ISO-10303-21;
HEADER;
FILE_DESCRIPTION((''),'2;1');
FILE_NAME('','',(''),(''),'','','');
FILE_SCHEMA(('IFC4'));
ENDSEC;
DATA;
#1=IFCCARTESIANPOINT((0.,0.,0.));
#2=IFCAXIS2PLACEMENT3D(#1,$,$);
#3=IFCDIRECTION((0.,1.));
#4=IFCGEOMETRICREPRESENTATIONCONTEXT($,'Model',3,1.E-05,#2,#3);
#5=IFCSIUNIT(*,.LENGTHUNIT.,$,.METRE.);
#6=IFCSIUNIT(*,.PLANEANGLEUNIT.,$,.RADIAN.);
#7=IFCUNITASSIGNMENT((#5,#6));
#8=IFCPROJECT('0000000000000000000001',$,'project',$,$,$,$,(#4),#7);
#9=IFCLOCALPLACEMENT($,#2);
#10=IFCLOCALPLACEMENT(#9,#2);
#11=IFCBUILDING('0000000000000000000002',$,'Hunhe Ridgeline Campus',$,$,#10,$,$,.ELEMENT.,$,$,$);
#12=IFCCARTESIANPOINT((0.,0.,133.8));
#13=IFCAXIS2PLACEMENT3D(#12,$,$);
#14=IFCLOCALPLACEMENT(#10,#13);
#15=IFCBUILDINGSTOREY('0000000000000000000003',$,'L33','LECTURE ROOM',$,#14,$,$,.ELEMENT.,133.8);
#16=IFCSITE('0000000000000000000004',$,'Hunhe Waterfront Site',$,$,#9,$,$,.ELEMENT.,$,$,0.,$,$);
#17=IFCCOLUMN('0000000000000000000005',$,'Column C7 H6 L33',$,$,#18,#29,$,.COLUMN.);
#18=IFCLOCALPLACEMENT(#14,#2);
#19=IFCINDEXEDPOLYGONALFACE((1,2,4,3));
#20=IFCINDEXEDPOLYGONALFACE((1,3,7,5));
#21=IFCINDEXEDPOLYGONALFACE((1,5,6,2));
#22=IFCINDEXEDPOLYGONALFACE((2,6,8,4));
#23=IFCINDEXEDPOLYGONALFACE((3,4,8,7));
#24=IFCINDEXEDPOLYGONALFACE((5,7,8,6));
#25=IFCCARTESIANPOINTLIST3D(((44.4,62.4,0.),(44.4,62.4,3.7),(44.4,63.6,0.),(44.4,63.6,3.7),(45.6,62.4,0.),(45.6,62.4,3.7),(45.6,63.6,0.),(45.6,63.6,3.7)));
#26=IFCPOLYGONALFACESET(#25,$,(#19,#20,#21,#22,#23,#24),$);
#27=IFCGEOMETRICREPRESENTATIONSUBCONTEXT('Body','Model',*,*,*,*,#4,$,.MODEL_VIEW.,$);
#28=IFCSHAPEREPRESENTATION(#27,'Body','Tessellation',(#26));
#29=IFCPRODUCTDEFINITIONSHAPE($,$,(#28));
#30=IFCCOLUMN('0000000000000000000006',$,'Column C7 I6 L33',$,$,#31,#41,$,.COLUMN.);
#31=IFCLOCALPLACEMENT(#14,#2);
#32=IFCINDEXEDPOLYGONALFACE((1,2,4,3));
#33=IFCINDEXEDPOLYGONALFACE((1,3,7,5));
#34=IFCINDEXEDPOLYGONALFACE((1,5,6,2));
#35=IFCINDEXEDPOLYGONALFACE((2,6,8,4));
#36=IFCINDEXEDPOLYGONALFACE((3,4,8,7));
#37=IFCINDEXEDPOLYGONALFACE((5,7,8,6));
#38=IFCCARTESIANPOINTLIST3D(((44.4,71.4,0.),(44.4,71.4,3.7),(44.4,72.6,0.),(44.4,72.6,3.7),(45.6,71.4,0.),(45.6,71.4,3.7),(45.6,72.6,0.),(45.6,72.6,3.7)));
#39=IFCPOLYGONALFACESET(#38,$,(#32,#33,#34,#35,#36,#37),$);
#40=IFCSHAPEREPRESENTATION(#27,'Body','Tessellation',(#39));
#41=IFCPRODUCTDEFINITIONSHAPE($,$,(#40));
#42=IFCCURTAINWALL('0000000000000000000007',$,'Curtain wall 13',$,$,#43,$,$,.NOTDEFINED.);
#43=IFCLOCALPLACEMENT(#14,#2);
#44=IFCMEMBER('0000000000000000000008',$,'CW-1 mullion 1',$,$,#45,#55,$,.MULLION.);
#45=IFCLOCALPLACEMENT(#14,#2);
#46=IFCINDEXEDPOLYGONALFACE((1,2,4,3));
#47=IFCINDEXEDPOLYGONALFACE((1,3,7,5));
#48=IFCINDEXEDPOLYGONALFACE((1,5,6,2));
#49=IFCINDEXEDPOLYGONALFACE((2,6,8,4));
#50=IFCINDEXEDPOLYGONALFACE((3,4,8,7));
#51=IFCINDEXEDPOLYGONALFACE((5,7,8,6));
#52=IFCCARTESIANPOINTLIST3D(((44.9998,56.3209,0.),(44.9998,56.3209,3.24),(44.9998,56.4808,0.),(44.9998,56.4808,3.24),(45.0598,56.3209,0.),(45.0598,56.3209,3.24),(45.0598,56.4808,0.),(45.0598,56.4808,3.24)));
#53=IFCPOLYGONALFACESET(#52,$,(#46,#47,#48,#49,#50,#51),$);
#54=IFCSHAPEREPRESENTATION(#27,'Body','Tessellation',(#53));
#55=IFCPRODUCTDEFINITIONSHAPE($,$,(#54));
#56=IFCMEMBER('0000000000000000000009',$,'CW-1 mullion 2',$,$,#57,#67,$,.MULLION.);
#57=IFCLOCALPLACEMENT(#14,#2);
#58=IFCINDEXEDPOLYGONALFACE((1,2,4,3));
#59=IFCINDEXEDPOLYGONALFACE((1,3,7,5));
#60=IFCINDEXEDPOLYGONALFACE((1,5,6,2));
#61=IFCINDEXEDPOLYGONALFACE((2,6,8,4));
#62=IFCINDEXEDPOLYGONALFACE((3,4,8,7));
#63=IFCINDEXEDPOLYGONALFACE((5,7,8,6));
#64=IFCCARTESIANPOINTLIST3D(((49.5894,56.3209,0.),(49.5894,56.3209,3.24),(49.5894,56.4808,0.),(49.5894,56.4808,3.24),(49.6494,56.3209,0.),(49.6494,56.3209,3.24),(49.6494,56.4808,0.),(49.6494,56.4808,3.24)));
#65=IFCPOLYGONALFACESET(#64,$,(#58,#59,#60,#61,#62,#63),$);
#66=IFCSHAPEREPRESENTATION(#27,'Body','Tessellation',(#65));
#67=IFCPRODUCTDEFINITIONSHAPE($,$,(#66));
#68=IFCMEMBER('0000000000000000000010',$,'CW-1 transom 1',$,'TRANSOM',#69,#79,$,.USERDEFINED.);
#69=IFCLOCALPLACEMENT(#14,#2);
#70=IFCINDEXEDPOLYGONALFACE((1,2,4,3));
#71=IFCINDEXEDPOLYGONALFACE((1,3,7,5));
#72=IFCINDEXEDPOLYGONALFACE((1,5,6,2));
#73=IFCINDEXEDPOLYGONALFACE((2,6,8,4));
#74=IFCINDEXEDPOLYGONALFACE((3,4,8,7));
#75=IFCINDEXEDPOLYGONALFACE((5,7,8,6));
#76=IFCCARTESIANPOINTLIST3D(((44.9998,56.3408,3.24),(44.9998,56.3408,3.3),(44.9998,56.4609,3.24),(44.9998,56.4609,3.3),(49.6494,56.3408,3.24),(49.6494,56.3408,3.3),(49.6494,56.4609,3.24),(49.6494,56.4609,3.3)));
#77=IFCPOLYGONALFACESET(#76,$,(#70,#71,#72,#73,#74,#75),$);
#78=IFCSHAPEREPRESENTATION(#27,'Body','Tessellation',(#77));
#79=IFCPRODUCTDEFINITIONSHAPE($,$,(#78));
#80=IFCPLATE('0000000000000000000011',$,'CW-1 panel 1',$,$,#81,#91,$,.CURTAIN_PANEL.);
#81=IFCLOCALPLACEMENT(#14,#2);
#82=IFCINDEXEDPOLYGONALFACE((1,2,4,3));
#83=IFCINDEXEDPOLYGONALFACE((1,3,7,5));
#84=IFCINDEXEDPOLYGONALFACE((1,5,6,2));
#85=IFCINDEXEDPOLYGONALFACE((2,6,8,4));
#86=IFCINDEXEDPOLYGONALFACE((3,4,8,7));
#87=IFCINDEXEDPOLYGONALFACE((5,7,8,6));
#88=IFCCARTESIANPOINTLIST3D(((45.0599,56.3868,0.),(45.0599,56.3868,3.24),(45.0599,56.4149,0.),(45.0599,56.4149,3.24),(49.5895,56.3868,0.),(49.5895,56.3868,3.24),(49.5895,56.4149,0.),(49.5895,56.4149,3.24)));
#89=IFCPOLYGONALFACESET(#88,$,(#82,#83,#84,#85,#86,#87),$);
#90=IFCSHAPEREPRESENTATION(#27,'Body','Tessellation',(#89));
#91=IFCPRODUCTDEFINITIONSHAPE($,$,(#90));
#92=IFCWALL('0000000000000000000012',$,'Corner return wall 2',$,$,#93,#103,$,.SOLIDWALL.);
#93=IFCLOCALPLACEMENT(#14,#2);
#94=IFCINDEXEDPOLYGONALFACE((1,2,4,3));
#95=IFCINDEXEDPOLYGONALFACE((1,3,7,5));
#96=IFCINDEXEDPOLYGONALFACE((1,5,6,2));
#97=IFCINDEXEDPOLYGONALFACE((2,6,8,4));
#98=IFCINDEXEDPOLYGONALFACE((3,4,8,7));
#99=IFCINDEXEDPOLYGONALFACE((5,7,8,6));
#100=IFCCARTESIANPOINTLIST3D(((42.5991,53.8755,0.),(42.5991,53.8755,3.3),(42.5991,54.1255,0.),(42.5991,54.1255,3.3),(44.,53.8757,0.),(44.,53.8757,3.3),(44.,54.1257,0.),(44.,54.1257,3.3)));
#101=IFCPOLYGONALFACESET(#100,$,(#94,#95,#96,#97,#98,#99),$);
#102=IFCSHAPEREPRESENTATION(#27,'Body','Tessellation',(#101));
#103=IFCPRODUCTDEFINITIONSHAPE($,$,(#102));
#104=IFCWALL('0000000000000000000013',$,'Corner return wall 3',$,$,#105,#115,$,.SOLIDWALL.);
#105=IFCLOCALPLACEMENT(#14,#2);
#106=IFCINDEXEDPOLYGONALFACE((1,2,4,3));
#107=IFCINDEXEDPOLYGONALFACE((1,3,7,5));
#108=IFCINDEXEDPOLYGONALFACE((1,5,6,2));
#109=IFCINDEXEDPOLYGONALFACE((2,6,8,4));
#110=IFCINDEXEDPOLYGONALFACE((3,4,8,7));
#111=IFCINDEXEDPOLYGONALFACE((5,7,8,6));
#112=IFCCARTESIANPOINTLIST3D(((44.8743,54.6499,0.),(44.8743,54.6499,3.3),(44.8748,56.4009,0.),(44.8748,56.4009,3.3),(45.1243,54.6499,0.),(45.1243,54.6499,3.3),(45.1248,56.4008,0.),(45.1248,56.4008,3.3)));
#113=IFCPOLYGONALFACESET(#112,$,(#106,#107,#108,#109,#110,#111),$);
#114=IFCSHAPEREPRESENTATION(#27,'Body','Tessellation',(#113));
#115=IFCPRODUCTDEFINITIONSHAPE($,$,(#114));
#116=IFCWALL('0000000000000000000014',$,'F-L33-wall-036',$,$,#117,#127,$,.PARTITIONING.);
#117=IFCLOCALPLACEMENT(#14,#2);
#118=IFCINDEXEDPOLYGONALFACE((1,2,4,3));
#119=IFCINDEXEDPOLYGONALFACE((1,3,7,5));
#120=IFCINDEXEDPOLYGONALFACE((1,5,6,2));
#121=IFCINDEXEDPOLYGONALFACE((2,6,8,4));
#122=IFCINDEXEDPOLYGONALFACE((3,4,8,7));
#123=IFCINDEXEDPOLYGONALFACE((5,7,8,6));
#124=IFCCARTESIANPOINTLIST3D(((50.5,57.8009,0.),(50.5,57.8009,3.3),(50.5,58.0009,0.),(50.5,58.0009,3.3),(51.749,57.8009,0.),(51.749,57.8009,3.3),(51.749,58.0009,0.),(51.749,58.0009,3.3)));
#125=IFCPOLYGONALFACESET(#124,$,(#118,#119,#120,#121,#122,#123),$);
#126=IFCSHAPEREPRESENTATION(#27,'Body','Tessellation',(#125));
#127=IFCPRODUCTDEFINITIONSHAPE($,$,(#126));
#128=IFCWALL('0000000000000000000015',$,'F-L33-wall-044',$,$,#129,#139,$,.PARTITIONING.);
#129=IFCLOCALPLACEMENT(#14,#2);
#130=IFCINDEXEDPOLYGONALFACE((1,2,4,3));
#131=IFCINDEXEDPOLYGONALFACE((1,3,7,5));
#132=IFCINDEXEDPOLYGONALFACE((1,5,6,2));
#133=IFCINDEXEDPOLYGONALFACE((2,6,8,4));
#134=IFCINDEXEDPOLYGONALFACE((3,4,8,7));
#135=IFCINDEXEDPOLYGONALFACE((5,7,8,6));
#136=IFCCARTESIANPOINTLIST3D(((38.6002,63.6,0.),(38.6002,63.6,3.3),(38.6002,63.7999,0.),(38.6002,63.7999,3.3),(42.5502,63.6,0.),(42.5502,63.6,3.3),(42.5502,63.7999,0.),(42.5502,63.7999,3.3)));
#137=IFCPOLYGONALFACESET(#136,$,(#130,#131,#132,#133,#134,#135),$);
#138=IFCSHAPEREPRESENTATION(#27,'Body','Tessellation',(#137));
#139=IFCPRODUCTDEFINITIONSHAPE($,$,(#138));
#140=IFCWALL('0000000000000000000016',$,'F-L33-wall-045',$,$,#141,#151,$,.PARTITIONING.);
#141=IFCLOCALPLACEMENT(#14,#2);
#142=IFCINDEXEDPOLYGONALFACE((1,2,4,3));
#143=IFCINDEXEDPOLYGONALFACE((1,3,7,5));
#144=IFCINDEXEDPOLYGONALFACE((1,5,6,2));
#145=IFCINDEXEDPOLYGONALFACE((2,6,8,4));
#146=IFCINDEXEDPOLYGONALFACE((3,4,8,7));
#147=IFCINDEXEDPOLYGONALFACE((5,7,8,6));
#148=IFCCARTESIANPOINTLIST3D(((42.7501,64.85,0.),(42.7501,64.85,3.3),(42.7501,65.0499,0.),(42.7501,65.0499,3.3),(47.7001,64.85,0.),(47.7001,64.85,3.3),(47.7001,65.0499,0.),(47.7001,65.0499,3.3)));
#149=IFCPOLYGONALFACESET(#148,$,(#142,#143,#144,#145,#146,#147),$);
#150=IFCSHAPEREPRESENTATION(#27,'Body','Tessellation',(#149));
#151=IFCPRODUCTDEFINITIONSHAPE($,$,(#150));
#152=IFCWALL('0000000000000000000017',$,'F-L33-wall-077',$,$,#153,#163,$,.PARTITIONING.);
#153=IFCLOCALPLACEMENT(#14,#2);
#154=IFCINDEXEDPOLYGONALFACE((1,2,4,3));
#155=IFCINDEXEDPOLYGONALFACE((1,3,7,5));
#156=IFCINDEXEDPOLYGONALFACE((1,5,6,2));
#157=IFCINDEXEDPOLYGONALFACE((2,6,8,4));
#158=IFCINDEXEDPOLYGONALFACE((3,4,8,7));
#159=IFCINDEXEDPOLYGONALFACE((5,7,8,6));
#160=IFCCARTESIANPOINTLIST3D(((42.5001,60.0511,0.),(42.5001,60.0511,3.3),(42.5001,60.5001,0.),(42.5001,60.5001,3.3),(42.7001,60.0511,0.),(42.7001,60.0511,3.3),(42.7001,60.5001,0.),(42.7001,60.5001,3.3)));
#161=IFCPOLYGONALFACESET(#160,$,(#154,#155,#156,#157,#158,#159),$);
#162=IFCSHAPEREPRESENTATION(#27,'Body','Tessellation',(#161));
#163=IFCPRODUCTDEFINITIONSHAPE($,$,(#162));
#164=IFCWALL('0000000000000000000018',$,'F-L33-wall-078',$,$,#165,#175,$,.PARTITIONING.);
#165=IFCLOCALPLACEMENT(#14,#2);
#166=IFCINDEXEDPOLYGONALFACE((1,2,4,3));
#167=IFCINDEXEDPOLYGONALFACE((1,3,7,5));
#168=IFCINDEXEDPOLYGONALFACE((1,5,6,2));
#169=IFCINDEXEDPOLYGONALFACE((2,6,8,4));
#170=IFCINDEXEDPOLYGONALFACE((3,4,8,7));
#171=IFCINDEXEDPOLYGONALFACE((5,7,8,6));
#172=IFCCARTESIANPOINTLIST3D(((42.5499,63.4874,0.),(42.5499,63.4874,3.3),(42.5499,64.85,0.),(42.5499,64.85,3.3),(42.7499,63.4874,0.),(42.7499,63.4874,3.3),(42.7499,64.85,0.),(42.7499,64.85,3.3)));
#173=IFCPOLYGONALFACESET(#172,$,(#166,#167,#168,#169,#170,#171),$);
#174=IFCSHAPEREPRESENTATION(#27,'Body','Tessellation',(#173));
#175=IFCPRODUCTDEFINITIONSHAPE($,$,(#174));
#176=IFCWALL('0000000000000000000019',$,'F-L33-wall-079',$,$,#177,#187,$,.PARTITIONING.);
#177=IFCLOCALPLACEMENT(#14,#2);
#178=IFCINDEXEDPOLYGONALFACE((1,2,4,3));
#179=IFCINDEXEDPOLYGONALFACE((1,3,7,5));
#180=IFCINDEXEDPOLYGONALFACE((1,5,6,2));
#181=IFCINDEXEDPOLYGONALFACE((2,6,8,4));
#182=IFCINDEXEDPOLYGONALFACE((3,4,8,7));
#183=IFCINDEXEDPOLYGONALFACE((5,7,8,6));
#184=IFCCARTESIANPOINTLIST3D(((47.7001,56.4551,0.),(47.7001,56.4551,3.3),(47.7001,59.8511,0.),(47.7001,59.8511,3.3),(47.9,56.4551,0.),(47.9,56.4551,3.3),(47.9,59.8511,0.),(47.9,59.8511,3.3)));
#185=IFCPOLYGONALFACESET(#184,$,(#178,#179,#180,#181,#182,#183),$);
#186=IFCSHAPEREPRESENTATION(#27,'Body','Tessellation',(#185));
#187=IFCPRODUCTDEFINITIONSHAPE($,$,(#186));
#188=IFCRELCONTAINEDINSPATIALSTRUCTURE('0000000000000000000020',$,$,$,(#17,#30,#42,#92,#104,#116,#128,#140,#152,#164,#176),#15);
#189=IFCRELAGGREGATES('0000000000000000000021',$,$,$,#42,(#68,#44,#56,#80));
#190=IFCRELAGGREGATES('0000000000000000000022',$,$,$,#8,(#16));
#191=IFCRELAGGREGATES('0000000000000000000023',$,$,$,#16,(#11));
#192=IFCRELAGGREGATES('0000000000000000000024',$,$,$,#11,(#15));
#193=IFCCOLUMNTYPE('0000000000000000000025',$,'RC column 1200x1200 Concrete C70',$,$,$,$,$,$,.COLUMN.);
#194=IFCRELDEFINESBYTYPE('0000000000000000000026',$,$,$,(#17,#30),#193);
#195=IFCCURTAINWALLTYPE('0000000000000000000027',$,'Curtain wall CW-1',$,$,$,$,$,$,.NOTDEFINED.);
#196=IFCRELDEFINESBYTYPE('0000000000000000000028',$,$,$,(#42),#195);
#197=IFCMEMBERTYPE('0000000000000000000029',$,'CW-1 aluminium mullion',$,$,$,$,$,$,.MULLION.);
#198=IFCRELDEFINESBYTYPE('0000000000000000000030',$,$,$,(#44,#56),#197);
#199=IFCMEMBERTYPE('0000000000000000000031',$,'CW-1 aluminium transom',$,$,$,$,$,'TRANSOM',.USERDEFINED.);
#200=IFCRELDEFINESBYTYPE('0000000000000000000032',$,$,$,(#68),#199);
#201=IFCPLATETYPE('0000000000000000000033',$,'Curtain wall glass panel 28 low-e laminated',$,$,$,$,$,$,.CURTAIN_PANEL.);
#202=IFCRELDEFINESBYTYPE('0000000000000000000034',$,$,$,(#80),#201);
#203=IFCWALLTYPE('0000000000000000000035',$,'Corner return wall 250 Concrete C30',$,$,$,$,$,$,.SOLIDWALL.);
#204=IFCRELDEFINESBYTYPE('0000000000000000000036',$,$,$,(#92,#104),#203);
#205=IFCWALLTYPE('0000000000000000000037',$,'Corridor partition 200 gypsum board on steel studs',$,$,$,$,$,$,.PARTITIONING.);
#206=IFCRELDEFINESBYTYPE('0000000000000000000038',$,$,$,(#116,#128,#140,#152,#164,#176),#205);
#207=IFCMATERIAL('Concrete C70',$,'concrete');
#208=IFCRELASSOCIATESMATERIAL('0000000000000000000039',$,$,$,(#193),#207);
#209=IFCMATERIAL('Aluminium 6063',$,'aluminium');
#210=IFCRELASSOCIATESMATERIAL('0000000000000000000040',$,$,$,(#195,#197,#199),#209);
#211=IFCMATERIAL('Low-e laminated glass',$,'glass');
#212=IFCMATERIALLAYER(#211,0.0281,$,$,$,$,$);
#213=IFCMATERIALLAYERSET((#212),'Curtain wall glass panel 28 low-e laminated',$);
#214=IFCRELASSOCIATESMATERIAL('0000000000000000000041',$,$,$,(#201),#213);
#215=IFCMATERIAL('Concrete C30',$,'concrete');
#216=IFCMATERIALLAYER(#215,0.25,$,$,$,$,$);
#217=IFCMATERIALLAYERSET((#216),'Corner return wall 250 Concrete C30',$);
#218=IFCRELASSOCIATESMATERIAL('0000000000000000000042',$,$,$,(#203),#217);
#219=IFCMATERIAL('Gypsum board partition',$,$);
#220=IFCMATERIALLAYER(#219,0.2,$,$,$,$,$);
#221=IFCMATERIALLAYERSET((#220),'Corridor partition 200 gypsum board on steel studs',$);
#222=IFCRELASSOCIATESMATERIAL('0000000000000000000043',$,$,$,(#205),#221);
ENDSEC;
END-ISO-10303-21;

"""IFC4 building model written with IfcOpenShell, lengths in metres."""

from ifc_helpers import new_model, si_unit, direction, frame, frame_2d, origin, origin_2d, place, context, subcontext, project, spatial, rectangle, extrude, material, layer, layer_set, material_profile, profile_set, type_object, element, aggregate, save


model = new_model("IFC4")

# Units and contexts
model_context = context("Model", 3, precision=1e-05, world=origin(), true_north=direction((0.0, 1.0)))
body_context = subcontext(model_context, "Body", "Model", "MODEL_VIEW")
ifc_project = project(units=[si_unit("LENGTHUNIT", "METRE"), si_unit("PLANEANGLEUNIT", "RADIAN")], contexts=[model_context])

# Site, building, storey
site_placement = place(None, origin())
site = spatial("IfcSite", under=ifc_project, at=site_placement, Name="Hunhe Waterfront Site", CompositionType="ELEMENT", RefElevation=0.0)
building_placement = place(site_placement, origin())
building = spatial("IfcBuilding", under=site, at=building_placement, Name="Hunhe Ridgeline Campus", CompositionType="ELEMENT")
storey_placement = place(building_placement, frame((0.0, 0.0, 133.8)))
storey = spatial("IfcBuildingStorey", under=building, at=storey_placement, Name="L33", Description="LECTURE ROOM", CompositionType="ELEMENT", Elevation=133.8)

# Columns
ifc_material_1 = material(Name="Concrete C70", Category="concrete")
ifc_material_profile_1 = material_profile(ifc_material_1, rectangle(XDim=1.2, YDim=1.2, at=origin_2d()))
ifc_profile_set_1 = profile_set([ifc_material_profile_1], Name="Concrete C70")
column_type = type_object("IfcColumnType", Name="RC column 1200x1200 Concrete C70", PredefinedType="COLUMN", material=ifc_profile_set_1)
for number, where, z_axis, x_axis, name in (
    (1, (45.0, 63.0, 0.0), (0.0, 0.0, 1.0), (1.0, 0.0, 0.0), "Column C7 H6 L33"),
    (2, (45.0, 72.0, 0.0), (0.0, 0.0, 1.0), (1.0, 0.0, 0.0), "Column C7 I6 L33"),
):
    element("IfcColumn", number, at=place(storey_placement, frame(where, z_axis=z_axis, x_axis=x_axis)), inside=storey, type_object=column_type, Name=name, PredefinedType="COLUMN", context=body_context, shape_type="SweptSolid", body=[
        extrude(rectangle(XDim=1.2, YDim=1.2, at=origin_2d()), origin(), (0.0, 0.0, 1.0), 3.7),
    ])

# Curtain wall, members, plate
ifc_material_2 = material(Name="Aluminium 6063", Category="aluminium")
curtain_wall_type = type_object("IfcCurtainWallType", Name="Curtain wall CW-1", PredefinedType="NOTDEFINED", material=ifc_material_2)
curtain_wall_placement = place(storey_placement, origin())
curtain_wall = element("IfcCurtainWall", 3, at=curtain_wall_placement, inside=storey, type_object=curtain_wall_type, Name="Curtain wall 13", PredefinedType="NOTDEFINED")
ifc_material_profile_2 = material_profile(ifc_material_2, rectangle(XDim=0.1599, YDim=0.0601, at=origin_2d()))
ifc_profile_set_2 = profile_set([ifc_material_profile_2], Name="Aluminium 6063")
member_type_1 = type_object("IfcMemberType", Name="CW-1 aluminium mullion", PredefinedType="MULLION", material=ifc_profile_set_2)
member_1_placement = place(storey_placement, frame((45.0298, 56.4009, 0.0), z_axis=(0.0, 0.0, 1.0), x_axis=(-0.000002, 1.0, 0.0)))
member_1 = element("IfcMember", 4, at=member_1_placement, type_object=member_type_1, Name="CW-1 mullion 1", PredefinedType="MULLION", context=body_context, shape_type="SweptSolid", body=[
    extrude(rectangle(XDim=0.1599, YDim=0.0601, at=origin_2d()), origin(), (0.0, 0.0, 1.0), 3.24),
])
member_2_placement = place(storey_placement, frame((49.6194, 56.4009, 0.0), z_axis=(0.0, 0.0, 1.0), x_axis=(-0.000002, 1.0, 0.0)))
member_2 = element("IfcMember", 5, at=member_2_placement, type_object=member_type_1, Name="CW-1 mullion 2", PredefinedType="MULLION", context=body_context, shape_type="SweptSolid", body=[
    extrude(rectangle(XDim=0.1599, YDim=0.0601, at=origin_2d()), origin(), (0.0, 0.0, 1.0), 3.24),
])
ifc_material_profile_3 = material_profile(ifc_material_2, rectangle(XDim=0.1201, YDim=0.0601, at=origin_2d()))
ifc_profile_set_3 = profile_set([ifc_material_profile_3], Name="Aluminium 6063")
member_type_2 = type_object("IfcMemberType", Name="CW-1 aluminium transom", ElementType="TRANSOM", PredefinedType="USERDEFINED", material=ifc_profile_set_3)
member_3_placement = place(storey_placement, frame((44.9998, 56.4009, 3.27), z_axis=(1.0, 0.0, 0.0), x_axis=(0.0, 1.0, 0.0)))
member_3 = element("IfcMember", 6, at=member_3_placement, type_object=member_type_2, Name="CW-1 transom 1", ObjectType="TRANSOM", PredefinedType="USERDEFINED", context=body_context, shape_type="SweptSolid", body=[
    extrude(rectangle(XDim=0.1201, YDim=0.0601, at=origin_2d()), origin(), (0.0, 0.0, 1.0), 4.6497),
])
ifc_material_3 = material(Name="Low-e laminated glass", Category="glass")
ifc_layer_1 = layer(ifc_material_3, 0.0281)
ifc_layer_set_1 = layer_set([ifc_layer_1], Name="Curtain wall glass panel 28 low-e laminated")
plate_type = type_object("IfcPlateType", Name="Curtain wall glass panel 28 low-e laminated", PredefinedType="CURTAIN_PANEL", material=ifc_layer_set_1)
plate_placement = place(storey_placement, frame((47.3247, 56.4009, 0.0), z_axis=(0.0, 0.0, 1.0), x_axis=(1.0, 0.000002, 0.0)))
plate = element("IfcPlate", 7, at=plate_placement, type_object=plate_type, Name="CW-1 panel 1", PredefinedType="CURTAIN_PANEL", context=body_context, shape_type="SweptSolid", body=[
    extrude(rectangle(XDim=4.5295, YDim=0.0281, at=origin_2d()), origin(), (0.0, 0.0, 1.0), 3.24),
])
aggregate(curtain_wall, [member_3, member_1, member_2, plate])

# Walls
ifc_material_4 = material(Name="Concrete C30", Category="concrete")
ifc_layer_2 = layer(ifc_material_4, 0.25)
ifc_layer_set_2 = layer_set([ifc_layer_2], Name="Corner return wall 250 Concrete C30")
wall_type_1 = type_object("IfcWallType", Name="Corner return wall 250 Concrete C30", PredefinedType="SOLIDWALL", material=ifc_layer_set_2)
wall_1_placement = place(storey_placement, frame((42.5991, 54.0005, 0.0), z_axis=(0.0, 0.0, 1.0), x_axis=(1.0, 0.000174, 0.0)))
element("IfcWall", 8, at=wall_1_placement, inside=storey, type_object=wall_type_1, Name="Corner return wall 2", PredefinedType="SOLIDWALL", context=body_context, shape_type="SweptSolid", body=[
    extrude(rectangle(XDim=1.4009, YDim=0.25, at=frame_2d((0.7004, 0.0))), origin(), (0.0, 0.0, 1.0), 3.3),
])
wall_2_placement = place(storey_placement, frame((44.9993, 54.6499, 0.0), z_axis=(0.0, 0.0, 1.0), x_axis=(0.000279, 1.0, 0.0)))
element("IfcWall", 9, at=wall_2_placement, inside=storey, type_object=wall_type_1, Name="Corner return wall 3", PredefinedType="SOLIDWALL", context=body_context, shape_type="SweptSolid", body=[
    extrude(rectangle(XDim=1.751, YDim=0.25, at=frame_2d((0.8755, 0.0))), origin(), (0.0, 0.0, 1.0), 3.3),
])
ifc_material_5 = material(Name="Gypsum board partition")
ifc_layer_3 = layer(ifc_material_5, 0.2)
ifc_layer_set_3 = layer_set([ifc_layer_3], Name="Corridor partition 200 gypsum board on steel studs")
wall_type_2 = type_object("IfcWallType", Name="Corridor partition 200 gypsum board on steel studs", PredefinedType="PARTITIONING", material=ifc_layer_set_3)
wall_3_placement = place(storey_placement, frame((50.5, 57.9009, 0.0), z_axis=(0.0, 0.0, 1.0), x_axis=(1.0, 0.0, 0.0)))
element("IfcWall", 10, at=wall_3_placement, inside=storey, type_object=wall_type_2, Name="F-L33-wall-036", PredefinedType="PARTITIONING", context=body_context, shape_type="SweptSolid", body=[
    extrude(rectangle(XDim=1.249, YDim=0.2, at=frame_2d((0.6245, 0.0))), origin(), (0.0, 0.0, 1.0), 3.3),
])

# Walls
wall_4_placement = place(storey_placement, frame((38.6001, 63.7, 0.0), z_axis=(0.0, 0.0, 1.0), x_axis=(1.0, 0.0, 0.0)))
element("IfcWall", 11, at=wall_4_placement, inside=storey, type_object=wall_type_2, Name="F-L33-wall-044", PredefinedType="PARTITIONING", context=body_context, shape_type="SweptSolid", body=[
    extrude(rectangle(XDim=3.95, YDim=0.2, at=frame_2d((1.9751, 0.0))), origin(), (0.0, 0.0, 1.0), 3.3),
])
wall_5_placement = place(storey_placement, frame((42.75, 64.95, 0.0), z_axis=(0.0, 0.0, 1.0), x_axis=(1.0, 0.0, 0.0)))
element("IfcWall", 12, at=wall_5_placement, inside=storey, type_object=wall_type_2, Name="F-L33-wall-045", PredefinedType="PARTITIONING", context=body_context, shape_type="SweptSolid", body=[
    extrude(rectangle(XDim=4.95, YDim=0.2, at=frame_2d((2.4751, 0.0))), origin(), (0.0, 0.0, 1.0), 3.3),
])
wall_6_placement = place(storey_placement, frame((42.6001, 60.051, 0.0), z_axis=(0.0, 0.0, 1.0), x_axis=(0.0, 1.0, 0.0)))
element("IfcWall", 13, at=wall_6_placement, inside=storey, type_object=wall_type_2, Name="F-L33-wall-077", PredefinedType="PARTITIONING", context=body_context, shape_type="SweptSolid", body=[
    extrude(rectangle(XDim=0.449, YDim=0.2, at=frame_2d((0.2246, 0.0))), origin(), (0.0, 0.0, 1.0), 3.3),
])
wall_7_placement = place(storey_placement, frame((42.6499, 63.4875, 0.0), z_axis=(0.0, 0.0, 1.0), x_axis=(0.0, 1.0, 0.0)))
element("IfcWall", 14, at=wall_7_placement, inside=storey, type_object=wall_type_2, Name="F-L33-wall-078", PredefinedType="PARTITIONING", context=body_context, shape_type="SweptSolid", body=[
    extrude(rectangle(XDim=1.3625, YDim=0.2, at=frame_2d((0.6812, 0.0))), origin(), (0.0, 0.0, 1.0), 3.3),
])
wall_8_placement = place(storey_placement, frame((47.8, 56.4551, 0.0), z_axis=(0.0, 0.0, 1.0), x_axis=(0.0, 1.0, 0.0)))
element("IfcWall", 15, at=wall_8_placement, inside=storey, type_object=wall_type_2, Name="F-L33-wall-079", PredefinedType="PARTITIONING", context=body_context, shape_type="SweptSolid", body=[
    extrude(rectangle(XDim=3.396, YDim=0.2, at=frame_2d((1.698, 0.0))), origin(), (0.0, 0.0, 1.0), 3.3),
])

save(model, "model.ifc")
